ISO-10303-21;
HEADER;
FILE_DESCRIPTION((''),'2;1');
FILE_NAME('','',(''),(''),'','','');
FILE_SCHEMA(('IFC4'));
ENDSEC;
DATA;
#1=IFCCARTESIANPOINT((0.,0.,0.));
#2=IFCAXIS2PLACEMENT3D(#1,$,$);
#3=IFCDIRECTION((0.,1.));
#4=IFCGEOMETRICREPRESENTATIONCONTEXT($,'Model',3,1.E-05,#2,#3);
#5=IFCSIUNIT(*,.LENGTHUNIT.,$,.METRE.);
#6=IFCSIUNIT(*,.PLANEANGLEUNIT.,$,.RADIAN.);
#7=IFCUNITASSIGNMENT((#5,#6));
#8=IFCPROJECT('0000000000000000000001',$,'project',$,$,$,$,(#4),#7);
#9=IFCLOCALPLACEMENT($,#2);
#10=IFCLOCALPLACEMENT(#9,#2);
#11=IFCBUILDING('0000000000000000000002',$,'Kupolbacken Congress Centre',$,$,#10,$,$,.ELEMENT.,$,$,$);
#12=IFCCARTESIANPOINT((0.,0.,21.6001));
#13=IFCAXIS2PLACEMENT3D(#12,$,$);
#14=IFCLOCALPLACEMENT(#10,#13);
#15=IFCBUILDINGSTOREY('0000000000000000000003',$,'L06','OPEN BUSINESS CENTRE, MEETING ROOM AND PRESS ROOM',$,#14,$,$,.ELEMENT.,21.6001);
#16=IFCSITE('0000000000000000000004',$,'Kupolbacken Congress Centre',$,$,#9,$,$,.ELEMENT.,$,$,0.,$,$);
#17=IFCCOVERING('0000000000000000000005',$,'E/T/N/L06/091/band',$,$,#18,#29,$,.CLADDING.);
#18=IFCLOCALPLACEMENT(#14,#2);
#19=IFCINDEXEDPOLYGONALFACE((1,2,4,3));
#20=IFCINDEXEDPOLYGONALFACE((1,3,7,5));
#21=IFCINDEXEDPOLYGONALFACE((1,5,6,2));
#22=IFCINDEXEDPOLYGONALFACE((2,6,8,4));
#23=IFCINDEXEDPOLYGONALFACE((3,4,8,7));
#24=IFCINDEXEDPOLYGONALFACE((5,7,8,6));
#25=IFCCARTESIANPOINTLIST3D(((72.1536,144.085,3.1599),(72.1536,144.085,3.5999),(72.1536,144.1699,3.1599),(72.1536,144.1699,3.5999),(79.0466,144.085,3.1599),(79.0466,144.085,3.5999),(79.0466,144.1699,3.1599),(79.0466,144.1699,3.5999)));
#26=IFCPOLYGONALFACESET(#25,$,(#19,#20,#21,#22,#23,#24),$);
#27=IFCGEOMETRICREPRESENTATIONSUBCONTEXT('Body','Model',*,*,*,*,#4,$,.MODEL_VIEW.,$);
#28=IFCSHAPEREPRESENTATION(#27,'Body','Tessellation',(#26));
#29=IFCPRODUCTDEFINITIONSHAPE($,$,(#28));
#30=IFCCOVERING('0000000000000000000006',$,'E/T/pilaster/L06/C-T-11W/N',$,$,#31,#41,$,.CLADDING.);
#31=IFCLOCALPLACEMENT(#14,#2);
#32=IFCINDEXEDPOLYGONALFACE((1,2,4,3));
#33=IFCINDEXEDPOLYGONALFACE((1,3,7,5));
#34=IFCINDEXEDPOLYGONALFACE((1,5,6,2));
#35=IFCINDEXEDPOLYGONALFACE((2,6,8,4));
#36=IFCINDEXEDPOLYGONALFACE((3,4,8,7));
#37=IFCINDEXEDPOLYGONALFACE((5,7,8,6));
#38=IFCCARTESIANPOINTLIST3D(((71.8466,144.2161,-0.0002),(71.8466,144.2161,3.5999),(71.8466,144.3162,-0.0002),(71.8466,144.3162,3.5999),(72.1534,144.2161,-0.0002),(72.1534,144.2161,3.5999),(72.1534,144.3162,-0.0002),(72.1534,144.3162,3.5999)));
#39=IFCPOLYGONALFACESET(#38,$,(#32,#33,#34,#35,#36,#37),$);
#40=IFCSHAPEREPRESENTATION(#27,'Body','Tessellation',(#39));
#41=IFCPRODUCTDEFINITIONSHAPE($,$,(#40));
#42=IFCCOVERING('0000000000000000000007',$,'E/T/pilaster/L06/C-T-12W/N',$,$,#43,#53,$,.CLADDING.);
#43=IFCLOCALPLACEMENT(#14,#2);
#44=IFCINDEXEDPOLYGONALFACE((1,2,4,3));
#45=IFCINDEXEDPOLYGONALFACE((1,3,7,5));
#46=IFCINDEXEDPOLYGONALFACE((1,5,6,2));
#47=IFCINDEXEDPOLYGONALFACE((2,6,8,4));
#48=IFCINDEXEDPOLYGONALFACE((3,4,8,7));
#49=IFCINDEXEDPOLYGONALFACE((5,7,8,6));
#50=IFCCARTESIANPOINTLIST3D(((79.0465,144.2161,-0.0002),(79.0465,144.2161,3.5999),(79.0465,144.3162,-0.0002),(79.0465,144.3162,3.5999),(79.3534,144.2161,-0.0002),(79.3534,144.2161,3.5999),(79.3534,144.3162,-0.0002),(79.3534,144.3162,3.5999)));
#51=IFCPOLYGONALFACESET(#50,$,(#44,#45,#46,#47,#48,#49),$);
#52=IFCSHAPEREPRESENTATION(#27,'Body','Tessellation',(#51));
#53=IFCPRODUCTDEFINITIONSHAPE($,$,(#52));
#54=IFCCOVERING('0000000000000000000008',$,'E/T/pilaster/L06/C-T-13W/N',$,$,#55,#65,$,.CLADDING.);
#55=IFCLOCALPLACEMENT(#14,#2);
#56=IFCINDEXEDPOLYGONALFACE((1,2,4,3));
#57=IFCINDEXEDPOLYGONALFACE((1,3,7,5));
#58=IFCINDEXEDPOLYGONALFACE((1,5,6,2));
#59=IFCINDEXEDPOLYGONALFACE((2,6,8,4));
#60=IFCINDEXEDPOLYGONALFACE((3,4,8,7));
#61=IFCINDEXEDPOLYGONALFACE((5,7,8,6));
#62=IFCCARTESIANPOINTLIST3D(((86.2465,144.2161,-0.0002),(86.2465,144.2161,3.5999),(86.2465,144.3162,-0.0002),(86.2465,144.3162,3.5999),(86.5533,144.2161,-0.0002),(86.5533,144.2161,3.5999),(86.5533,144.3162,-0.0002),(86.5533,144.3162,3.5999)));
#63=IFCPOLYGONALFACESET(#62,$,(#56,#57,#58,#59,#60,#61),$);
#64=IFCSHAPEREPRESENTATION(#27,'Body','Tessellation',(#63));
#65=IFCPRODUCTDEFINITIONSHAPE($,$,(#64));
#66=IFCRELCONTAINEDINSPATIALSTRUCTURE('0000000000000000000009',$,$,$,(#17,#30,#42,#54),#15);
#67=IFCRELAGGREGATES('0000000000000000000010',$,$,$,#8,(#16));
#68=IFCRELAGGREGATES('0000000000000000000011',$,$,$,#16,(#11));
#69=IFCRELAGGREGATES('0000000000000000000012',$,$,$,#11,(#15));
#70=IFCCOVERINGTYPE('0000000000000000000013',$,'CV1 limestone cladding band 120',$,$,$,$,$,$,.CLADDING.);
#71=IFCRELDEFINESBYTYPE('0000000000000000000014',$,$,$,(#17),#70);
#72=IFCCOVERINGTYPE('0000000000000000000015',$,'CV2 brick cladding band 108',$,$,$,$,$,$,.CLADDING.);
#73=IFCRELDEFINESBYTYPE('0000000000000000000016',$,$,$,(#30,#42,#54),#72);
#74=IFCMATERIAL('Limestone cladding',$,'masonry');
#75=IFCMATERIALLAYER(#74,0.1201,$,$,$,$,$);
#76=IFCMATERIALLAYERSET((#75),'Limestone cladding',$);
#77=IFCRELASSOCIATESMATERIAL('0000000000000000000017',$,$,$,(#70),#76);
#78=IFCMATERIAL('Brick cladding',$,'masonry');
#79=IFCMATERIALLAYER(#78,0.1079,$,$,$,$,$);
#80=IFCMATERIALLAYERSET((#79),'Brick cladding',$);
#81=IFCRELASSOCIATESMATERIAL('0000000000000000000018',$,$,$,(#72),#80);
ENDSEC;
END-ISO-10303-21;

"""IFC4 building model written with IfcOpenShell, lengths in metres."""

from ifc_helpers import new_model, si_unit, direction, frame, origin, origin_2d, place, context, subcontext, project, spatial, rectangle, extrude, material, layer, layer_set, type_object, element, save


model = new_model("IFC4")

# Units and contexts
model_context = context("Model", 3, precision=1e-05, world=origin(), true_north=direction((0.0, 1.0)))
body_context = subcontext(model_context, "Body", "Model", "MODEL_VIEW")
ifc_project = project(units=[si_unit("LENGTHUNIT", "METRE"), si_unit("PLANEANGLEUNIT", "RADIAN")], contexts=[model_context])

# Site, building, storey
site_placement = place(None, origin())
site = spatial("IfcSite", under=ifc_project, at=site_placement, Name="Kupolbacken Congress Centre", CompositionType="ELEMENT", RefElevation=0.0)
building_placement = place(site_placement, origin())
building = spatial("IfcBuilding", under=site, at=building_placement, Name="Kupolbacken Congress Centre", CompositionType="ELEMENT")
storey_placement = place(building_placement, frame((0.0, 0.0, 21.6001)))
storey = spatial("IfcBuildingStorey", under=building, at=storey_placement, Name="L06", Description="OPEN BUSINESS CENTRE, MEETING ROOM AND PRESS ROOM", CompositionType="ELEMENT", Elevation=21.6001)

# Coverings
ifc_material_1 = material(Name="Limestone cladding", Category="masonry")
ifc_layer_1 = layer(ifc_material_1, 0.1201)
ifc_layer_set_1 = layer_set([ifc_layer_1], Name="Limestone cladding")
covering_type_1 = type_object("IfcCoveringType", Name="CV1 limestone cladding band 120", PredefinedType="CLADDING", material=ifc_layer_set_1)
for number, where, z_axis, x_axis, name in (
    (1, (75.6001, 144.1274, 3.1599), (0.0, 0.0, 1.0), (-1.0, 0.0, 0.0), "E/T/N/L06/091/band"),
):
    element("IfcCovering", number, at=place(storey_placement, frame(where, z_axis=z_axis, x_axis=x_axis)), inside=storey, type_object=covering_type_1, Name=name, PredefinedType="CLADDING", context=body_context, shape_type="SweptSolid", body=[
        extrude(rectangle(XDim=6.8931, YDim=0.085, at=origin_2d()), origin(), (0.0, 0.0, 1.0), 0.4399),
    ])
ifc_material_2 = material(Name="Brick cladding", Category="masonry")
ifc_layer_2 = layer(ifc_material_2, 0.1079)
ifc_layer_set_2 = layer_set([ifc_layer_2], Name="Brick cladding")
covering_type_2 = type_object("IfcCoveringType", Name="CV2 brick cladding band 108", PredefinedType="CLADDING", material=ifc_layer_set_2)
for number, where, z_axis, x_axis, name in (
    (2, (72.0, 144.2661, -0.0002), (0.0, 0.0, 1.0), (1.0, 0.0, 0.0), "E/T/pilaster/L06/C-T-11W/N"),
    (3, (79.2, 144.2661, -0.0002), (0.0, 0.0, 1.0), (1.0, 0.0, 0.0), "E/T/pilaster/L06/C-T-12W/N"),
    (4, (86.3999, 144.2661, -0.0002), (0.0, 0.0, 1.0), (1.0, 0.0, 0.0), "E/T/pilaster/L06/C-T-13W/N"),
):
    element("IfcCovering", number, at=place(storey_placement, frame(where, z_axis=z_axis, x_axis=x_axis)), inside=storey, type_object=covering_type_2, Name=name, PredefinedType="CLADDING", context=body_context, shape_type="SweptSolid", body=[
        extrude(rectangle(XDim=0.3069, YDim=0.1001, at=origin_2d()), origin(), (0.0, 0.0, 1.0), 3.6001),
    ])

save(model, "model.ifc")
